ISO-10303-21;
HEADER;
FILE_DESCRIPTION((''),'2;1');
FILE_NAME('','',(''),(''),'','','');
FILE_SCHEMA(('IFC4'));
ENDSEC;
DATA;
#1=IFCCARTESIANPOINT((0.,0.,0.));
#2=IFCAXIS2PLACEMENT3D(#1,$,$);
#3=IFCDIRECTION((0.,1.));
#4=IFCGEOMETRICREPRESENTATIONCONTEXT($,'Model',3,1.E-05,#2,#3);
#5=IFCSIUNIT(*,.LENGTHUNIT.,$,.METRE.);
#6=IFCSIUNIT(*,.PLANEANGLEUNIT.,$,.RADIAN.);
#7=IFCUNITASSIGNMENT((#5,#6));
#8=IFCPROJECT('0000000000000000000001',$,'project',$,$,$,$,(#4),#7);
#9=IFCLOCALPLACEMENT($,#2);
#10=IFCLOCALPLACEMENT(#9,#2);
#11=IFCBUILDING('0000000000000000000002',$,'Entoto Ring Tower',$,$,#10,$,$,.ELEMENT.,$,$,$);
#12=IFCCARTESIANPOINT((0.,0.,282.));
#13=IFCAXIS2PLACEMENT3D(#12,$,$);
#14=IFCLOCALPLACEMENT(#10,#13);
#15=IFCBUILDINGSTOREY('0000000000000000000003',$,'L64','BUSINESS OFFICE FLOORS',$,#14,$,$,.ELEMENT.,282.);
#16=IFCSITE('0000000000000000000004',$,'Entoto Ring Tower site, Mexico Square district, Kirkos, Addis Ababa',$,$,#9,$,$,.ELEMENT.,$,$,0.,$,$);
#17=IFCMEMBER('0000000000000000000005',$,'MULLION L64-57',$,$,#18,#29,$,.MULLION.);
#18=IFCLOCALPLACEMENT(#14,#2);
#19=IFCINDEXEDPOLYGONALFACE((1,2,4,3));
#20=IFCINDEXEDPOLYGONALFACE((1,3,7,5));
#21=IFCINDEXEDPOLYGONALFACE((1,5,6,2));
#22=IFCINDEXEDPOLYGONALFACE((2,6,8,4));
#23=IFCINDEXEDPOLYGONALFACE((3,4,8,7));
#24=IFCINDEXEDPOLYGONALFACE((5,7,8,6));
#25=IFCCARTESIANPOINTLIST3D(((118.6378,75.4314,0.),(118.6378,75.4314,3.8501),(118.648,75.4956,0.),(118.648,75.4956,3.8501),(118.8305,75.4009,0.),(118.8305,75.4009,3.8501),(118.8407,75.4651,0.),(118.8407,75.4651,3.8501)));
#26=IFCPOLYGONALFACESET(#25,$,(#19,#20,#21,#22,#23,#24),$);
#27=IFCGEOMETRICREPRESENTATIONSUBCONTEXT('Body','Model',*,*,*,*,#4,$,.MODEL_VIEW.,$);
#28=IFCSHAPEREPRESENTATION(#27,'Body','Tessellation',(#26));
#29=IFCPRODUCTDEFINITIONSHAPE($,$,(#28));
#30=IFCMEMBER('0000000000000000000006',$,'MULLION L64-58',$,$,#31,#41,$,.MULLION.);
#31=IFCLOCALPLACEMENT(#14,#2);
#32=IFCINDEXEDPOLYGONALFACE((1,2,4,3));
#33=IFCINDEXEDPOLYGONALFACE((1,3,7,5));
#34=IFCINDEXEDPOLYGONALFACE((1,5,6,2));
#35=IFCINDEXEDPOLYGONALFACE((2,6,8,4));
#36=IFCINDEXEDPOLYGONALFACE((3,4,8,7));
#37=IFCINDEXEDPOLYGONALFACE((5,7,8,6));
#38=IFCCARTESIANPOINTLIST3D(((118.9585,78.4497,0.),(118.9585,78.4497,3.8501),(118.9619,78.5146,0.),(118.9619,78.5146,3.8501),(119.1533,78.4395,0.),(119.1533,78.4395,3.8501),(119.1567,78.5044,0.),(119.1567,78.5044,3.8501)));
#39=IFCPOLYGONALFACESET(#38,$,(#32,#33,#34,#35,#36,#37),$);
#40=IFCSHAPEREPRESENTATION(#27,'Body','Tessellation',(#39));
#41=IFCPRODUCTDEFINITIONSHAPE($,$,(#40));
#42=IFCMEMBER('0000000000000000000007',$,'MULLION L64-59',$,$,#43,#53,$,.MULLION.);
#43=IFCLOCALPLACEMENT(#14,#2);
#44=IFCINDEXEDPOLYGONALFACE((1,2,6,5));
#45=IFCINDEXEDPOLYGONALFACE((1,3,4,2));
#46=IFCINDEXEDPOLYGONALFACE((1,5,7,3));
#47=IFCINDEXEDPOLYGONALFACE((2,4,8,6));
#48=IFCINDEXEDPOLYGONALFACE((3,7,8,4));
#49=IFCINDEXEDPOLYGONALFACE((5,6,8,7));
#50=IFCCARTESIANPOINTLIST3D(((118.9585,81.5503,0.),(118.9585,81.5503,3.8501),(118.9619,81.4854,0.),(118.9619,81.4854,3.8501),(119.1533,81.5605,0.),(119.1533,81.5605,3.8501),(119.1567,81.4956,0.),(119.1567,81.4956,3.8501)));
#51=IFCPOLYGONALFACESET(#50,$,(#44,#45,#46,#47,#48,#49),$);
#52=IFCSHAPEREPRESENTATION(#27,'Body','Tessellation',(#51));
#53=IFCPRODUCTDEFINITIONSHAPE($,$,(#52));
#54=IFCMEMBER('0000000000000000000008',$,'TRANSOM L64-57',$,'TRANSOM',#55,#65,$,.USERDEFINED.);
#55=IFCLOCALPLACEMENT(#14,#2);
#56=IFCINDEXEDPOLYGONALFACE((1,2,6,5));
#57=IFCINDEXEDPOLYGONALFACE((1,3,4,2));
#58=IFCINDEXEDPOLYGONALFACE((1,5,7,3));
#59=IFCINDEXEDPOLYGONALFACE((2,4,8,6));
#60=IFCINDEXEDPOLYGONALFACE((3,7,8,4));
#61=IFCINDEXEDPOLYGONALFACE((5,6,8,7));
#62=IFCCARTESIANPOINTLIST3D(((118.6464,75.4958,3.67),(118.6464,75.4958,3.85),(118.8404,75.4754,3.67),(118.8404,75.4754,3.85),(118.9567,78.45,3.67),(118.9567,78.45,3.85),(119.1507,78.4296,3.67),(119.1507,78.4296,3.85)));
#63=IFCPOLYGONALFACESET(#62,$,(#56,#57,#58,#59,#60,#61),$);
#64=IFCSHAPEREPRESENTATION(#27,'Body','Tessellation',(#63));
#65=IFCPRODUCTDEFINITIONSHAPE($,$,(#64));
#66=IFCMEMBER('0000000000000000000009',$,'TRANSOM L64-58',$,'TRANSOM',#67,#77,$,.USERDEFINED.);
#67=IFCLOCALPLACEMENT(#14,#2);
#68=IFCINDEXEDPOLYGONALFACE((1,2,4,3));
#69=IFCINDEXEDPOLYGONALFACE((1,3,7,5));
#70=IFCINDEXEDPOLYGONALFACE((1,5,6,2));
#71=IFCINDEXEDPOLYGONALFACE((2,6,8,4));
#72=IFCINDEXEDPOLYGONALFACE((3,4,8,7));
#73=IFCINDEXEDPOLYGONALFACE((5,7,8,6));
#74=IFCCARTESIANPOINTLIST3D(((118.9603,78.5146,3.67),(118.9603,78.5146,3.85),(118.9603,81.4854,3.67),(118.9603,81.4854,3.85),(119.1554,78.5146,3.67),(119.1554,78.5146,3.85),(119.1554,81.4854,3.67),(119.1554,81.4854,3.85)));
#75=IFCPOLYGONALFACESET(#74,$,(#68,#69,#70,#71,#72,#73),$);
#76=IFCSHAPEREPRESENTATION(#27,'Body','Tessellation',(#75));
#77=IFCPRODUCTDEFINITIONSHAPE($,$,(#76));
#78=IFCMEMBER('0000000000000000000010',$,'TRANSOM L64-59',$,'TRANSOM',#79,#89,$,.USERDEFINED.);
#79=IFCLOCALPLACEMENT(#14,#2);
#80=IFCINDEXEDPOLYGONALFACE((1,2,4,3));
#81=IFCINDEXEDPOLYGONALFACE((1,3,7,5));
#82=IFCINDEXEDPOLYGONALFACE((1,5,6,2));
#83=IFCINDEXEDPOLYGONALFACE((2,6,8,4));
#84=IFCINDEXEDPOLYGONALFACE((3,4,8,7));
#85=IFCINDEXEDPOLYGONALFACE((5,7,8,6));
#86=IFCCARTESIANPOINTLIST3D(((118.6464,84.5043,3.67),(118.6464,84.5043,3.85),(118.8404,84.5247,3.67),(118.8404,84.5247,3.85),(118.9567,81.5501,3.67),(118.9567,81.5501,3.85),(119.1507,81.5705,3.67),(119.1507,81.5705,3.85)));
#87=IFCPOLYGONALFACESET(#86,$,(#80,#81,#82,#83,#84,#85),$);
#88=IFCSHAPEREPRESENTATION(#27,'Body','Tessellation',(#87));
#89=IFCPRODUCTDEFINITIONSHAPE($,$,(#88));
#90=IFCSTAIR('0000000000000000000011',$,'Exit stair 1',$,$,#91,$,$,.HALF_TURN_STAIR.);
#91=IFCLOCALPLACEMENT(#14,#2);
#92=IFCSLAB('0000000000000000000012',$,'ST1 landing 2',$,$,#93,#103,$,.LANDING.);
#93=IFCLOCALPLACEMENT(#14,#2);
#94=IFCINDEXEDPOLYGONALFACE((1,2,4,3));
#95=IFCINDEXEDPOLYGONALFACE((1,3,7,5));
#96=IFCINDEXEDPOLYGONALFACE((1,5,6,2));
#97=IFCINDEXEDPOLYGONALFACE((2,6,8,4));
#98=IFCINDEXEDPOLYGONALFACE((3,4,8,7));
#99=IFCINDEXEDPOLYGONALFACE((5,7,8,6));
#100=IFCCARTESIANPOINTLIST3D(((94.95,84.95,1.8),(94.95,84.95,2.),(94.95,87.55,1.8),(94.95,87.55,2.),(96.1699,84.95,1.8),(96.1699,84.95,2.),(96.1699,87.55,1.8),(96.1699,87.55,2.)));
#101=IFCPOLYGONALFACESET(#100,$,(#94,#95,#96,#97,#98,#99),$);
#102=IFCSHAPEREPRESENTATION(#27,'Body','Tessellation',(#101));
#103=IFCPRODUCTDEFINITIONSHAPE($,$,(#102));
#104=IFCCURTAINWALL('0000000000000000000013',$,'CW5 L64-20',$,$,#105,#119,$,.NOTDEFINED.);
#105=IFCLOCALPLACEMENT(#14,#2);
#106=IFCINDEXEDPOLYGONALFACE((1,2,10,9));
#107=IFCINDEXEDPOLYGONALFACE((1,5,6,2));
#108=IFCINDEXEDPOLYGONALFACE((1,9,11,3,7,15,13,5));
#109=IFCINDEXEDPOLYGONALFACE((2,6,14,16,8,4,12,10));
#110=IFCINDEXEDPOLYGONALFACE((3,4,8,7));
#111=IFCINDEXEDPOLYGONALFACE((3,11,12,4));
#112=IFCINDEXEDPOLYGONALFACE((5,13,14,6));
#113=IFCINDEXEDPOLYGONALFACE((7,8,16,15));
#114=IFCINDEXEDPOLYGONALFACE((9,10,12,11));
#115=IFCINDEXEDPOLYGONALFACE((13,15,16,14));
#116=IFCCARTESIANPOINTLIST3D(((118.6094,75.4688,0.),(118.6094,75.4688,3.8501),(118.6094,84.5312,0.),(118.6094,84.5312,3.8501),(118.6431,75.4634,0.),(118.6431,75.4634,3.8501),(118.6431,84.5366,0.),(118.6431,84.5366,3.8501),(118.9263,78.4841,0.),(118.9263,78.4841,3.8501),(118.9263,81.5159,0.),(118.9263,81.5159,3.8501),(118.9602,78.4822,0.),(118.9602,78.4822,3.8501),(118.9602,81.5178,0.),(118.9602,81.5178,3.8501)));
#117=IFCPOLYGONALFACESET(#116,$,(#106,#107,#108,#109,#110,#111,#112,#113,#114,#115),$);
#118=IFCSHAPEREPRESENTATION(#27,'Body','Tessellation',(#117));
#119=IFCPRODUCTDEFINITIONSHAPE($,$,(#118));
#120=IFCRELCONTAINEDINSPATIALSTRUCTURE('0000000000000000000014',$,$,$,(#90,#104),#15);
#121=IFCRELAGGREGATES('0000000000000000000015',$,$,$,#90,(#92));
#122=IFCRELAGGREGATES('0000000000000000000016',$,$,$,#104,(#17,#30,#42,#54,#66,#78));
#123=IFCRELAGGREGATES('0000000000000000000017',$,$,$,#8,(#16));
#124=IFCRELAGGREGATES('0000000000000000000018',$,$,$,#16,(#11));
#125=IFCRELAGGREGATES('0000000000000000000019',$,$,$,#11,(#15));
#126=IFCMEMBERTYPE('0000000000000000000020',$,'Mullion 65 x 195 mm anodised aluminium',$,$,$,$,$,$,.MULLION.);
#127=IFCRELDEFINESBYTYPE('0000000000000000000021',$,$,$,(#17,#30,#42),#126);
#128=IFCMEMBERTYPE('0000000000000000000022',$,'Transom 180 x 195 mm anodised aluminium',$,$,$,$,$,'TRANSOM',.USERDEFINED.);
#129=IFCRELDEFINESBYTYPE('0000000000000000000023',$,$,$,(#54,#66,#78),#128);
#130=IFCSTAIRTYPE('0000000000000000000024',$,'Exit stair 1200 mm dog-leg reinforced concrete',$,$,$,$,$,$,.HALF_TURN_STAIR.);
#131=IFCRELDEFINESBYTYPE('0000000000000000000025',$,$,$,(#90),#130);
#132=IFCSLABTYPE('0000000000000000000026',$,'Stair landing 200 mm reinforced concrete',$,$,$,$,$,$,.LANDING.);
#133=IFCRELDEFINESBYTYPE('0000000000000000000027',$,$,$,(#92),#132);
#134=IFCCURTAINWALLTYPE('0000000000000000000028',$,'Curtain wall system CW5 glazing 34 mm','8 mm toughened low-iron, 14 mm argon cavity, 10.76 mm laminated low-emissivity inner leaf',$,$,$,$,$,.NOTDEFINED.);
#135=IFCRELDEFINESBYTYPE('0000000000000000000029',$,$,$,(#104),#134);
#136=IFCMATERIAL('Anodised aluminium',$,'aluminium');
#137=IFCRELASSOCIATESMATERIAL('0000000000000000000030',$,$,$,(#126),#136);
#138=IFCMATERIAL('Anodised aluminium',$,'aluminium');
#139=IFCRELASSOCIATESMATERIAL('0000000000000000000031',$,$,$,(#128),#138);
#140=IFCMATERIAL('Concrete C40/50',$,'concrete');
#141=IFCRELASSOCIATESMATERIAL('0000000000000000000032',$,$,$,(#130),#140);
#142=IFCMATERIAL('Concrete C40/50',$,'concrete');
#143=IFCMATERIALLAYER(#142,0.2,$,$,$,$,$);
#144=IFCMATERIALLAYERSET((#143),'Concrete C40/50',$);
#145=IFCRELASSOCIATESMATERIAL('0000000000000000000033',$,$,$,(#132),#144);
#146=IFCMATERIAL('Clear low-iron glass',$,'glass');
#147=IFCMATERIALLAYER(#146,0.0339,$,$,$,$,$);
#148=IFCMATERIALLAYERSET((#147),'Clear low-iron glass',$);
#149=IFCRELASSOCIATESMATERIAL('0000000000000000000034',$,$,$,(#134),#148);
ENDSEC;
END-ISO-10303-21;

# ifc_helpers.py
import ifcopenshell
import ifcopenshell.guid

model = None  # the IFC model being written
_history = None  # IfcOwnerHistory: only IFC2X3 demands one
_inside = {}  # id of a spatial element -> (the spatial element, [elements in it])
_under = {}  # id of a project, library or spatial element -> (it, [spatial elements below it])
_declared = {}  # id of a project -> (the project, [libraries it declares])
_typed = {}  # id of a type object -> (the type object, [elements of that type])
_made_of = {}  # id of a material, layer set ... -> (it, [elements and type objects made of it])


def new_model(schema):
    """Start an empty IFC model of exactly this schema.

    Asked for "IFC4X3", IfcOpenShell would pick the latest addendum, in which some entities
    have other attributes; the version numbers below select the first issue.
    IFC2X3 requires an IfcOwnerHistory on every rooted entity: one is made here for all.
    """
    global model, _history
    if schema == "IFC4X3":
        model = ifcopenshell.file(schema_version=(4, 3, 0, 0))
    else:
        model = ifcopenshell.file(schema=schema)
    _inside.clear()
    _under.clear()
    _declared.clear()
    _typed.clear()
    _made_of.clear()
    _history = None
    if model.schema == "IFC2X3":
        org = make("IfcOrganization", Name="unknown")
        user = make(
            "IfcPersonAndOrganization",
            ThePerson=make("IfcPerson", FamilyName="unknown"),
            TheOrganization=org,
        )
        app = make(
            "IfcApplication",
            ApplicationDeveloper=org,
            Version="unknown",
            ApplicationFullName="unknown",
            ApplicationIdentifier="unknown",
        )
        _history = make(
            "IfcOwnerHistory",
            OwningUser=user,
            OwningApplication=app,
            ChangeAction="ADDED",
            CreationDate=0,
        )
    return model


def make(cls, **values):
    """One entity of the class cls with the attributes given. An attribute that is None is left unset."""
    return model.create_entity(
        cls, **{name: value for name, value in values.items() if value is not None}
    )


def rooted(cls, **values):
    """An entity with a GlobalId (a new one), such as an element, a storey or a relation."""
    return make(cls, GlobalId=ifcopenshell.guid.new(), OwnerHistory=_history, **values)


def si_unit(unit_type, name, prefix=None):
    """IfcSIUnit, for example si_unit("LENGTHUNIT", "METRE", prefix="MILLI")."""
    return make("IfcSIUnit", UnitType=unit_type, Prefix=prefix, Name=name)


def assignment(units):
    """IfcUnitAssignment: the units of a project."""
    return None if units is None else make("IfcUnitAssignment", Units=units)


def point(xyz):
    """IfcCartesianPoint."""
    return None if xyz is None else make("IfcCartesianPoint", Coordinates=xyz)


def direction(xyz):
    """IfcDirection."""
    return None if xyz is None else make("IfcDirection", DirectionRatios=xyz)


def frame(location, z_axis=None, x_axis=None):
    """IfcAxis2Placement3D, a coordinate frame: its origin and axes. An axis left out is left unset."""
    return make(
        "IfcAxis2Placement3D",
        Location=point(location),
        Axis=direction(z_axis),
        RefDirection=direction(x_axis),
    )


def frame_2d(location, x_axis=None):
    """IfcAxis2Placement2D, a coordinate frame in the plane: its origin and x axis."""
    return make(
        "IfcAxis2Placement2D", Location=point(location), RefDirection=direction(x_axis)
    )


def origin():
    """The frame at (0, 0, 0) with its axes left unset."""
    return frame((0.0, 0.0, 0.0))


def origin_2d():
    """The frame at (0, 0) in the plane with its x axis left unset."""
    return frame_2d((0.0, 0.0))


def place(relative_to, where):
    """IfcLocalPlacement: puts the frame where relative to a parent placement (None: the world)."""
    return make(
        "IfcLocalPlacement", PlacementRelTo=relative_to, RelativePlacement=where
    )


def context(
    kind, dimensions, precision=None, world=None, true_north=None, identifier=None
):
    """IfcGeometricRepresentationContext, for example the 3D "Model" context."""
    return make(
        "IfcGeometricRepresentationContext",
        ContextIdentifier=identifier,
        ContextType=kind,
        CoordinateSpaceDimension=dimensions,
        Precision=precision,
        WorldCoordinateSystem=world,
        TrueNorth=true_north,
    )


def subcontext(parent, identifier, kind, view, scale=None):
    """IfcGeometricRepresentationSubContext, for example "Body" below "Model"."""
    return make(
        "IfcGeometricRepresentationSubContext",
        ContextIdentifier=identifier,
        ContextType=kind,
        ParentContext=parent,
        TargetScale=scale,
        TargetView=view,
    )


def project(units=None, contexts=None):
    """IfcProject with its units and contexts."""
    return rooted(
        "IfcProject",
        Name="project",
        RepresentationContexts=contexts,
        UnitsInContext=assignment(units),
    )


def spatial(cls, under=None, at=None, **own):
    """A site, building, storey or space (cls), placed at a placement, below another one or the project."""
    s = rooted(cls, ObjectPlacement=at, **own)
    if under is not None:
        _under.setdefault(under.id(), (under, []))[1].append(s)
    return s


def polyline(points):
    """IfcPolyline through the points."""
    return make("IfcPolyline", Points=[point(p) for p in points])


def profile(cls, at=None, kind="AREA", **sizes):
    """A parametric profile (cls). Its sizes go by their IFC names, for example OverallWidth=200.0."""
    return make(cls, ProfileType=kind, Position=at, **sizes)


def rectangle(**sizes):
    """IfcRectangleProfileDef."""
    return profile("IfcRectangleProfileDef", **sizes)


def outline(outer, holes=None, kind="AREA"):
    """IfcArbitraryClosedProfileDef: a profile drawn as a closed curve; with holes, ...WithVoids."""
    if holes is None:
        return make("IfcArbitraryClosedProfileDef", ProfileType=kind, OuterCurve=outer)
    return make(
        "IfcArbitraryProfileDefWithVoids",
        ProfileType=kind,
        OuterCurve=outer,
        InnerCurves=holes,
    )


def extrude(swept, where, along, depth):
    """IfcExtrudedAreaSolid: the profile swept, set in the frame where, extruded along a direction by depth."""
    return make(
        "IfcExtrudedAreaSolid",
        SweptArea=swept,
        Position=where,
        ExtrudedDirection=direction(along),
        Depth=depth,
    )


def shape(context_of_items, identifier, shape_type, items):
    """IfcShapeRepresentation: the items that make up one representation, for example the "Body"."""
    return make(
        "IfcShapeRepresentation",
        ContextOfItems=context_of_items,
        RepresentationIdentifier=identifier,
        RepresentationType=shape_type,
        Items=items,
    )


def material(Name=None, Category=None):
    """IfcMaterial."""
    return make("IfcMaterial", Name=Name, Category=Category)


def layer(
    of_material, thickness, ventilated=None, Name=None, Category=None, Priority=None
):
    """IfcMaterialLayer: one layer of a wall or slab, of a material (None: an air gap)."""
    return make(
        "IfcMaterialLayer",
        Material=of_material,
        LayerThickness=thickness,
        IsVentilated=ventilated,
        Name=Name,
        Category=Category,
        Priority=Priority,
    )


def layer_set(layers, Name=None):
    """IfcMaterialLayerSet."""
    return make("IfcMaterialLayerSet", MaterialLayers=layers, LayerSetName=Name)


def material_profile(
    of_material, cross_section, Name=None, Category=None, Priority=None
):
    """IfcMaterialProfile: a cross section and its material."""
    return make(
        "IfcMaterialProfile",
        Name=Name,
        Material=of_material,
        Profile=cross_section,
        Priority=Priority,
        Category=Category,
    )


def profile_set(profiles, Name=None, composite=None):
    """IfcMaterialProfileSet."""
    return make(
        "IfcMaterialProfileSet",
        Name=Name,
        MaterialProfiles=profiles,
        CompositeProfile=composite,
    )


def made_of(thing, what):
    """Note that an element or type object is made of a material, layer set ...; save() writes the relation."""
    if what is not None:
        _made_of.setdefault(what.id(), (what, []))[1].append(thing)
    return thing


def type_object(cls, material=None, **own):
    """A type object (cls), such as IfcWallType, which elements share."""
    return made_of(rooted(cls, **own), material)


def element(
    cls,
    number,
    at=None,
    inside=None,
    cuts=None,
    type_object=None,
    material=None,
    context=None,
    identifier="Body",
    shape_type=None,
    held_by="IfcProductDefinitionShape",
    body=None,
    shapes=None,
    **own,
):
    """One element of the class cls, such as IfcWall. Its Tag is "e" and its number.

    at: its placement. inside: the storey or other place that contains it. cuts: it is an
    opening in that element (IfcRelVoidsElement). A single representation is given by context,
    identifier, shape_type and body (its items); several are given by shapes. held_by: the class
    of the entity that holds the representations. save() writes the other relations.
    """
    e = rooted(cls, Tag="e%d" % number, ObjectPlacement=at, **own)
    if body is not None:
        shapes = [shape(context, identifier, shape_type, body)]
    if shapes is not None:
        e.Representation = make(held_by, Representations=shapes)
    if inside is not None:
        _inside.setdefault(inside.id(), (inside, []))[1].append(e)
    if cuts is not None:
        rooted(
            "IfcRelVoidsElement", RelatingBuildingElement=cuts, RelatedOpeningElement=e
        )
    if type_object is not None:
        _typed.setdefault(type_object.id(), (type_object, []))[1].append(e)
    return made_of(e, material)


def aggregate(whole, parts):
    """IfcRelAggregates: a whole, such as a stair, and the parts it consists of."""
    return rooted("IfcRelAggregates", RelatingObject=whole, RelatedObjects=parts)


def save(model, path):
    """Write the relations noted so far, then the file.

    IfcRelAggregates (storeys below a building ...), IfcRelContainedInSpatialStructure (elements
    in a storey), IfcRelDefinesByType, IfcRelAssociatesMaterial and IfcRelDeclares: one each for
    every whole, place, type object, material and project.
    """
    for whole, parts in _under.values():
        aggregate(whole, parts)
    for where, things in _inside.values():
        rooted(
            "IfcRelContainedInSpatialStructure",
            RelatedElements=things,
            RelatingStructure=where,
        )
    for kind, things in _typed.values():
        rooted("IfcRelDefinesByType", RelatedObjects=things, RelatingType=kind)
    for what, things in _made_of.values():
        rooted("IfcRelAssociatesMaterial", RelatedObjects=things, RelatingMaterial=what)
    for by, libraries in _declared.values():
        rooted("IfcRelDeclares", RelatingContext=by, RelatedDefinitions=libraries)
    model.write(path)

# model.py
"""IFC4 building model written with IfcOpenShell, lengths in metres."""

from ifc_helpers import new_model, si_unit, direction, frame, origin, origin_2d, place, context, subcontext, project, spatial, polyline, rectangle, outline, extrude, material, layer, layer_set, material_profile, profile_set, type_object, element, aggregate, save


model = new_model("IFC4")

# Units and contexts
model_context = context("Model", 3, precision=1e-05, world=origin(), true_north=direction((0.0, 1.0)))
body_context = subcontext(model_context, "Body", "Model", "MODEL_VIEW")
ifc_project = project(units=[si_unit("LENGTHUNIT", "METRE"), si_unit("PLANEANGLEUNIT", "RADIAN")], contexts=[model_context])

# Members
ifc_material_1 = material(Name="Anodised aluminium", Category="aluminium")
ifc_material_profile_1 = material_profile(ifc_material_1, rectangle(XDim=0.0649, YDim=0.1951, at=origin_2d()), Name="Mullion 65 x 195 mm anodised aluminium")
ifc_profile_set_1 = profile_set([ifc_material_profile_1], Name="Anodised aluminium")
member_type_1 = type_object("IfcMemberType", Name="Mullion 65 x 195 mm anodised aluminium", PredefinedType="MULLION", material=ifc_profile_set_1)
site_placement = place(None, origin())
building_placement = place(site_placement, origin())
storey_placement = place(building_placement, frame((0.0, 0.0, 282.0)))
member_1_placement = place(storey_placement, frame((118.7393, 75.4482, 0.0), z_axis=(0.0, 0.0, 1.0), x_axis=(0.156434, 0.987688, 0.0)))
member_1 = element("IfcMember", 1, at=member_1_placement, type_object=member_type_1, Name="MULLION L64-57", PredefinedType="MULLION", context=body_context, shape_type="SweptSolid", body=[
    extrude(rectangle(XDim=0.0649, YDim=0.1951, at=origin_2d()), origin(), (0.0, 0.0, 1.0), 3.8501),
])
member_2_placement = place(storey_placement, frame((119.0576, 78.4771, 0.0), z_axis=(0.0, 0.0, 1.0), x_axis=(0.052336, 0.99863, 0.0)))
member_2 = element("IfcMember", 2, at=member_2_placement, type_object=member_type_1, Name="MULLION L64-58", PredefinedType="MULLION", context=body_context, shape_type="SweptSolid", body=[
    extrude(rectangle(XDim=0.0649, YDim=0.1951, at=origin_2d()), origin(), (0.0, 0.0, 1.0), 3.8501),
])
member_3_placement = place(storey_placement, frame((119.0576, 81.5229, 0.0), z_axis=(0.0, 0.0, 1.0), x_axis=(-0.052336, 0.99863, 0.0)))
member_3 = element("IfcMember", 3, at=member_3_placement, type_object=member_type_1, Name="MULLION L64-59", PredefinedType="MULLION", context=body_context, shape_type="SweptSolid", body=[
    extrude(rectangle(XDim=0.0649, YDim=0.1951, at=origin_2d()), origin(), (0.0, 0.0, 1.0), 3.8501),
])
ifc_material_2 = material(Name="Anodised aluminium", Category="aluminium")
ifc_material_profile_2 = material_profile(ifc_material_2, rectangle(XDim=0.1951, YDim=0.1799, at=origin_2d()), Name="Transom 180 x 195 mm anodised aluminium")
ifc_profile_set_2 = profile_set([ifc_material_profile_2], Name="Anodised aluminium")
member_type_2 = type_object("IfcMemberType", Name="Transom 180 x 195 mm anodised aluminium", ElementType="TRANSOM", PredefinedType="USERDEFINED", material=ifc_profile_set_2)
member_4_placement = place(storey_placement, frame((118.7434, 75.4856, 3.76), z_axis=(0.104467, 0.994528, 0.0), x_axis=(-0.994528, 0.104467, 0.0)))
member_4 = element("IfcMember", 4, at=member_4_placement, type_object=member_type_2, Name="TRANSOM L64-57", ObjectType="TRANSOM", PredefinedType="USERDEFINED", context=body_context, shape_type="SweptSolid", body=[
    extrude(rectangle(XDim=0.1951, YDim=0.1799, at=origin_2d()), origin(), (0.0, 0.0, 1.0), 2.9705),
])
member_5_placement = place(storey_placement, frame((119.0579, 78.5146, 3.76), z_axis=(0.0, 1.0, 0.0), x_axis=(-1.0, 0.0, 0.0)))
member_5 = element("IfcMember", 5, at=member_5_placement, type_object=member_type_2, Name="TRANSOM L64-58", ObjectType="TRANSOM", PredefinedType="USERDEFINED", context=body_context, shape_type="SweptSolid", body=[
    extrude(rectangle(XDim=0.1951, YDim=0.1799, at=origin_2d()), origin(), (0.0, 0.0, 1.0), 2.9707),
])
member_6_placement = place(storey_placement, frame((119.0537, 81.5603, 3.76), z_axis=(-0.104467, 0.994528, 0.0), x_axis=(-0.994528, -0.104467, 0.0)))
member_6 = element("IfcMember", 6, at=member_6_placement, type_object=member_type_2, Name="TRANSOM L64-59", ObjectType="TRANSOM", PredefinedType="USERDEFINED", context=body_context, shape_type="SweptSolid", body=[
    extrude(rectangle(XDim=0.1951, YDim=0.1799, at=origin_2d()), origin(), (0.0, 0.0, 1.0), 2.9705),
])

# Site, building, storey
site = spatial("IfcSite", under=ifc_project, at=site_placement, Name="Entoto Ring Tower site, Mexico Square district, Kirkos, Addis Ababa", CompositionType="ELEMENT", RefElevation=0.0)
building = spatial("IfcBuilding", under=site, at=building_placement, Name="Entoto Ring Tower", CompositionType="ELEMENT")
storey = spatial("IfcBuildingStorey", under=building, at=storey_placement, Name="L64", Description="BUSINESS OFFICE FLOORS", CompositionType="ELEMENT", Elevation=282.0)

# Stair, slab
ifc_material_3 = material(Name="Concrete C40/50", Category="concrete")
stair_type = type_object("IfcStairType", Name="Exit stair 1200 mm dog-leg reinforced concrete", PredefinedType="HALF_TURN_STAIR", material=ifc_material_3)
stair_placement = place(storey_placement, origin())
stair = element("IfcStair", 7, at=stair_placement, inside=storey, type_object=stair_type, Name="Exit stair 1", PredefinedType="HALF_TURN_STAIR")
ifc_material_4 = material(Name="Concrete C40/50", Category="concrete")
ifc_layer_1 = layer(ifc_material_4, 0.2)
ifc_layer_set_1 = layer_set([ifc_layer_1], Name="Concrete C40/50")
slab_type = type_object("IfcSlabType", Name="Stair landing 200 mm reinforced concrete", PredefinedType="LANDING", material=ifc_layer_set_1)
slab_placement = place(storey_placement, frame((0.0, 0.0, 1.8)))
slab = element("IfcSlab", 8, at=slab_placement, type_object=slab_type, Name="ST1 landing 2", PredefinedType="LANDING", context=body_context, shape_type="SweptSolid", body=[
    extrude(outline(polyline([(94.95, 84.95), (96.1699, 84.95), (96.1699, 87.55), (94.95, 87.55), (94.95, 84.95)])), origin(), (0.0, 0.0, 1.0), 0.2),
])
aggregate(stair, [slab])

# Curtain wall
ifc_material_5 = material(Name="Clear low-iron glass", Category="glass")
ifc_layer_2 = layer(ifc_material_5, 0.0339)
ifc_layer_set_2 = layer_set([ifc_layer_2], Name="Clear low-iron glass")
curtain_wall_type = type_object("IfcCurtainWallType", Name="Curtain wall system CW5 glazing 34 mm", Description="8 mm toughened low-iron, 14 mm argon cavity, 10.76 mm laminated low-emissivity inner leaf", PredefinedType="NOTDEFINED", material=ifc_layer_set_2)
curtain_wall_1_placement = place(storey_placement, origin())
curtain_wall_1 = element("IfcCurtainWall", 9, at=curtain_wall_1_placement, inside=storey, type_object=curtain_wall_type, Name="CW5 L64-20", PredefinedType="NOTDEFINED", context=body_context, shape_type="SweptSolid", body=[
    extrude(outline(polyline([(118.6431, 75.4634), (118.9602, 78.4822), (118.9602, 81.5178), (118.6431, 84.5366), (118.6094, 84.5312), (118.9263, 81.5159), (118.9263, 78.4841), (118.6094, 75.4688), (118.6431, 75.4634)])), origin(), (0.0, 0.0, 1.0), 3.8501),
])
aggregate(curtain_wall_1, [member_1, member_2, member_3, member_4, member_5, member_6])

save(model, "model.ifc")
